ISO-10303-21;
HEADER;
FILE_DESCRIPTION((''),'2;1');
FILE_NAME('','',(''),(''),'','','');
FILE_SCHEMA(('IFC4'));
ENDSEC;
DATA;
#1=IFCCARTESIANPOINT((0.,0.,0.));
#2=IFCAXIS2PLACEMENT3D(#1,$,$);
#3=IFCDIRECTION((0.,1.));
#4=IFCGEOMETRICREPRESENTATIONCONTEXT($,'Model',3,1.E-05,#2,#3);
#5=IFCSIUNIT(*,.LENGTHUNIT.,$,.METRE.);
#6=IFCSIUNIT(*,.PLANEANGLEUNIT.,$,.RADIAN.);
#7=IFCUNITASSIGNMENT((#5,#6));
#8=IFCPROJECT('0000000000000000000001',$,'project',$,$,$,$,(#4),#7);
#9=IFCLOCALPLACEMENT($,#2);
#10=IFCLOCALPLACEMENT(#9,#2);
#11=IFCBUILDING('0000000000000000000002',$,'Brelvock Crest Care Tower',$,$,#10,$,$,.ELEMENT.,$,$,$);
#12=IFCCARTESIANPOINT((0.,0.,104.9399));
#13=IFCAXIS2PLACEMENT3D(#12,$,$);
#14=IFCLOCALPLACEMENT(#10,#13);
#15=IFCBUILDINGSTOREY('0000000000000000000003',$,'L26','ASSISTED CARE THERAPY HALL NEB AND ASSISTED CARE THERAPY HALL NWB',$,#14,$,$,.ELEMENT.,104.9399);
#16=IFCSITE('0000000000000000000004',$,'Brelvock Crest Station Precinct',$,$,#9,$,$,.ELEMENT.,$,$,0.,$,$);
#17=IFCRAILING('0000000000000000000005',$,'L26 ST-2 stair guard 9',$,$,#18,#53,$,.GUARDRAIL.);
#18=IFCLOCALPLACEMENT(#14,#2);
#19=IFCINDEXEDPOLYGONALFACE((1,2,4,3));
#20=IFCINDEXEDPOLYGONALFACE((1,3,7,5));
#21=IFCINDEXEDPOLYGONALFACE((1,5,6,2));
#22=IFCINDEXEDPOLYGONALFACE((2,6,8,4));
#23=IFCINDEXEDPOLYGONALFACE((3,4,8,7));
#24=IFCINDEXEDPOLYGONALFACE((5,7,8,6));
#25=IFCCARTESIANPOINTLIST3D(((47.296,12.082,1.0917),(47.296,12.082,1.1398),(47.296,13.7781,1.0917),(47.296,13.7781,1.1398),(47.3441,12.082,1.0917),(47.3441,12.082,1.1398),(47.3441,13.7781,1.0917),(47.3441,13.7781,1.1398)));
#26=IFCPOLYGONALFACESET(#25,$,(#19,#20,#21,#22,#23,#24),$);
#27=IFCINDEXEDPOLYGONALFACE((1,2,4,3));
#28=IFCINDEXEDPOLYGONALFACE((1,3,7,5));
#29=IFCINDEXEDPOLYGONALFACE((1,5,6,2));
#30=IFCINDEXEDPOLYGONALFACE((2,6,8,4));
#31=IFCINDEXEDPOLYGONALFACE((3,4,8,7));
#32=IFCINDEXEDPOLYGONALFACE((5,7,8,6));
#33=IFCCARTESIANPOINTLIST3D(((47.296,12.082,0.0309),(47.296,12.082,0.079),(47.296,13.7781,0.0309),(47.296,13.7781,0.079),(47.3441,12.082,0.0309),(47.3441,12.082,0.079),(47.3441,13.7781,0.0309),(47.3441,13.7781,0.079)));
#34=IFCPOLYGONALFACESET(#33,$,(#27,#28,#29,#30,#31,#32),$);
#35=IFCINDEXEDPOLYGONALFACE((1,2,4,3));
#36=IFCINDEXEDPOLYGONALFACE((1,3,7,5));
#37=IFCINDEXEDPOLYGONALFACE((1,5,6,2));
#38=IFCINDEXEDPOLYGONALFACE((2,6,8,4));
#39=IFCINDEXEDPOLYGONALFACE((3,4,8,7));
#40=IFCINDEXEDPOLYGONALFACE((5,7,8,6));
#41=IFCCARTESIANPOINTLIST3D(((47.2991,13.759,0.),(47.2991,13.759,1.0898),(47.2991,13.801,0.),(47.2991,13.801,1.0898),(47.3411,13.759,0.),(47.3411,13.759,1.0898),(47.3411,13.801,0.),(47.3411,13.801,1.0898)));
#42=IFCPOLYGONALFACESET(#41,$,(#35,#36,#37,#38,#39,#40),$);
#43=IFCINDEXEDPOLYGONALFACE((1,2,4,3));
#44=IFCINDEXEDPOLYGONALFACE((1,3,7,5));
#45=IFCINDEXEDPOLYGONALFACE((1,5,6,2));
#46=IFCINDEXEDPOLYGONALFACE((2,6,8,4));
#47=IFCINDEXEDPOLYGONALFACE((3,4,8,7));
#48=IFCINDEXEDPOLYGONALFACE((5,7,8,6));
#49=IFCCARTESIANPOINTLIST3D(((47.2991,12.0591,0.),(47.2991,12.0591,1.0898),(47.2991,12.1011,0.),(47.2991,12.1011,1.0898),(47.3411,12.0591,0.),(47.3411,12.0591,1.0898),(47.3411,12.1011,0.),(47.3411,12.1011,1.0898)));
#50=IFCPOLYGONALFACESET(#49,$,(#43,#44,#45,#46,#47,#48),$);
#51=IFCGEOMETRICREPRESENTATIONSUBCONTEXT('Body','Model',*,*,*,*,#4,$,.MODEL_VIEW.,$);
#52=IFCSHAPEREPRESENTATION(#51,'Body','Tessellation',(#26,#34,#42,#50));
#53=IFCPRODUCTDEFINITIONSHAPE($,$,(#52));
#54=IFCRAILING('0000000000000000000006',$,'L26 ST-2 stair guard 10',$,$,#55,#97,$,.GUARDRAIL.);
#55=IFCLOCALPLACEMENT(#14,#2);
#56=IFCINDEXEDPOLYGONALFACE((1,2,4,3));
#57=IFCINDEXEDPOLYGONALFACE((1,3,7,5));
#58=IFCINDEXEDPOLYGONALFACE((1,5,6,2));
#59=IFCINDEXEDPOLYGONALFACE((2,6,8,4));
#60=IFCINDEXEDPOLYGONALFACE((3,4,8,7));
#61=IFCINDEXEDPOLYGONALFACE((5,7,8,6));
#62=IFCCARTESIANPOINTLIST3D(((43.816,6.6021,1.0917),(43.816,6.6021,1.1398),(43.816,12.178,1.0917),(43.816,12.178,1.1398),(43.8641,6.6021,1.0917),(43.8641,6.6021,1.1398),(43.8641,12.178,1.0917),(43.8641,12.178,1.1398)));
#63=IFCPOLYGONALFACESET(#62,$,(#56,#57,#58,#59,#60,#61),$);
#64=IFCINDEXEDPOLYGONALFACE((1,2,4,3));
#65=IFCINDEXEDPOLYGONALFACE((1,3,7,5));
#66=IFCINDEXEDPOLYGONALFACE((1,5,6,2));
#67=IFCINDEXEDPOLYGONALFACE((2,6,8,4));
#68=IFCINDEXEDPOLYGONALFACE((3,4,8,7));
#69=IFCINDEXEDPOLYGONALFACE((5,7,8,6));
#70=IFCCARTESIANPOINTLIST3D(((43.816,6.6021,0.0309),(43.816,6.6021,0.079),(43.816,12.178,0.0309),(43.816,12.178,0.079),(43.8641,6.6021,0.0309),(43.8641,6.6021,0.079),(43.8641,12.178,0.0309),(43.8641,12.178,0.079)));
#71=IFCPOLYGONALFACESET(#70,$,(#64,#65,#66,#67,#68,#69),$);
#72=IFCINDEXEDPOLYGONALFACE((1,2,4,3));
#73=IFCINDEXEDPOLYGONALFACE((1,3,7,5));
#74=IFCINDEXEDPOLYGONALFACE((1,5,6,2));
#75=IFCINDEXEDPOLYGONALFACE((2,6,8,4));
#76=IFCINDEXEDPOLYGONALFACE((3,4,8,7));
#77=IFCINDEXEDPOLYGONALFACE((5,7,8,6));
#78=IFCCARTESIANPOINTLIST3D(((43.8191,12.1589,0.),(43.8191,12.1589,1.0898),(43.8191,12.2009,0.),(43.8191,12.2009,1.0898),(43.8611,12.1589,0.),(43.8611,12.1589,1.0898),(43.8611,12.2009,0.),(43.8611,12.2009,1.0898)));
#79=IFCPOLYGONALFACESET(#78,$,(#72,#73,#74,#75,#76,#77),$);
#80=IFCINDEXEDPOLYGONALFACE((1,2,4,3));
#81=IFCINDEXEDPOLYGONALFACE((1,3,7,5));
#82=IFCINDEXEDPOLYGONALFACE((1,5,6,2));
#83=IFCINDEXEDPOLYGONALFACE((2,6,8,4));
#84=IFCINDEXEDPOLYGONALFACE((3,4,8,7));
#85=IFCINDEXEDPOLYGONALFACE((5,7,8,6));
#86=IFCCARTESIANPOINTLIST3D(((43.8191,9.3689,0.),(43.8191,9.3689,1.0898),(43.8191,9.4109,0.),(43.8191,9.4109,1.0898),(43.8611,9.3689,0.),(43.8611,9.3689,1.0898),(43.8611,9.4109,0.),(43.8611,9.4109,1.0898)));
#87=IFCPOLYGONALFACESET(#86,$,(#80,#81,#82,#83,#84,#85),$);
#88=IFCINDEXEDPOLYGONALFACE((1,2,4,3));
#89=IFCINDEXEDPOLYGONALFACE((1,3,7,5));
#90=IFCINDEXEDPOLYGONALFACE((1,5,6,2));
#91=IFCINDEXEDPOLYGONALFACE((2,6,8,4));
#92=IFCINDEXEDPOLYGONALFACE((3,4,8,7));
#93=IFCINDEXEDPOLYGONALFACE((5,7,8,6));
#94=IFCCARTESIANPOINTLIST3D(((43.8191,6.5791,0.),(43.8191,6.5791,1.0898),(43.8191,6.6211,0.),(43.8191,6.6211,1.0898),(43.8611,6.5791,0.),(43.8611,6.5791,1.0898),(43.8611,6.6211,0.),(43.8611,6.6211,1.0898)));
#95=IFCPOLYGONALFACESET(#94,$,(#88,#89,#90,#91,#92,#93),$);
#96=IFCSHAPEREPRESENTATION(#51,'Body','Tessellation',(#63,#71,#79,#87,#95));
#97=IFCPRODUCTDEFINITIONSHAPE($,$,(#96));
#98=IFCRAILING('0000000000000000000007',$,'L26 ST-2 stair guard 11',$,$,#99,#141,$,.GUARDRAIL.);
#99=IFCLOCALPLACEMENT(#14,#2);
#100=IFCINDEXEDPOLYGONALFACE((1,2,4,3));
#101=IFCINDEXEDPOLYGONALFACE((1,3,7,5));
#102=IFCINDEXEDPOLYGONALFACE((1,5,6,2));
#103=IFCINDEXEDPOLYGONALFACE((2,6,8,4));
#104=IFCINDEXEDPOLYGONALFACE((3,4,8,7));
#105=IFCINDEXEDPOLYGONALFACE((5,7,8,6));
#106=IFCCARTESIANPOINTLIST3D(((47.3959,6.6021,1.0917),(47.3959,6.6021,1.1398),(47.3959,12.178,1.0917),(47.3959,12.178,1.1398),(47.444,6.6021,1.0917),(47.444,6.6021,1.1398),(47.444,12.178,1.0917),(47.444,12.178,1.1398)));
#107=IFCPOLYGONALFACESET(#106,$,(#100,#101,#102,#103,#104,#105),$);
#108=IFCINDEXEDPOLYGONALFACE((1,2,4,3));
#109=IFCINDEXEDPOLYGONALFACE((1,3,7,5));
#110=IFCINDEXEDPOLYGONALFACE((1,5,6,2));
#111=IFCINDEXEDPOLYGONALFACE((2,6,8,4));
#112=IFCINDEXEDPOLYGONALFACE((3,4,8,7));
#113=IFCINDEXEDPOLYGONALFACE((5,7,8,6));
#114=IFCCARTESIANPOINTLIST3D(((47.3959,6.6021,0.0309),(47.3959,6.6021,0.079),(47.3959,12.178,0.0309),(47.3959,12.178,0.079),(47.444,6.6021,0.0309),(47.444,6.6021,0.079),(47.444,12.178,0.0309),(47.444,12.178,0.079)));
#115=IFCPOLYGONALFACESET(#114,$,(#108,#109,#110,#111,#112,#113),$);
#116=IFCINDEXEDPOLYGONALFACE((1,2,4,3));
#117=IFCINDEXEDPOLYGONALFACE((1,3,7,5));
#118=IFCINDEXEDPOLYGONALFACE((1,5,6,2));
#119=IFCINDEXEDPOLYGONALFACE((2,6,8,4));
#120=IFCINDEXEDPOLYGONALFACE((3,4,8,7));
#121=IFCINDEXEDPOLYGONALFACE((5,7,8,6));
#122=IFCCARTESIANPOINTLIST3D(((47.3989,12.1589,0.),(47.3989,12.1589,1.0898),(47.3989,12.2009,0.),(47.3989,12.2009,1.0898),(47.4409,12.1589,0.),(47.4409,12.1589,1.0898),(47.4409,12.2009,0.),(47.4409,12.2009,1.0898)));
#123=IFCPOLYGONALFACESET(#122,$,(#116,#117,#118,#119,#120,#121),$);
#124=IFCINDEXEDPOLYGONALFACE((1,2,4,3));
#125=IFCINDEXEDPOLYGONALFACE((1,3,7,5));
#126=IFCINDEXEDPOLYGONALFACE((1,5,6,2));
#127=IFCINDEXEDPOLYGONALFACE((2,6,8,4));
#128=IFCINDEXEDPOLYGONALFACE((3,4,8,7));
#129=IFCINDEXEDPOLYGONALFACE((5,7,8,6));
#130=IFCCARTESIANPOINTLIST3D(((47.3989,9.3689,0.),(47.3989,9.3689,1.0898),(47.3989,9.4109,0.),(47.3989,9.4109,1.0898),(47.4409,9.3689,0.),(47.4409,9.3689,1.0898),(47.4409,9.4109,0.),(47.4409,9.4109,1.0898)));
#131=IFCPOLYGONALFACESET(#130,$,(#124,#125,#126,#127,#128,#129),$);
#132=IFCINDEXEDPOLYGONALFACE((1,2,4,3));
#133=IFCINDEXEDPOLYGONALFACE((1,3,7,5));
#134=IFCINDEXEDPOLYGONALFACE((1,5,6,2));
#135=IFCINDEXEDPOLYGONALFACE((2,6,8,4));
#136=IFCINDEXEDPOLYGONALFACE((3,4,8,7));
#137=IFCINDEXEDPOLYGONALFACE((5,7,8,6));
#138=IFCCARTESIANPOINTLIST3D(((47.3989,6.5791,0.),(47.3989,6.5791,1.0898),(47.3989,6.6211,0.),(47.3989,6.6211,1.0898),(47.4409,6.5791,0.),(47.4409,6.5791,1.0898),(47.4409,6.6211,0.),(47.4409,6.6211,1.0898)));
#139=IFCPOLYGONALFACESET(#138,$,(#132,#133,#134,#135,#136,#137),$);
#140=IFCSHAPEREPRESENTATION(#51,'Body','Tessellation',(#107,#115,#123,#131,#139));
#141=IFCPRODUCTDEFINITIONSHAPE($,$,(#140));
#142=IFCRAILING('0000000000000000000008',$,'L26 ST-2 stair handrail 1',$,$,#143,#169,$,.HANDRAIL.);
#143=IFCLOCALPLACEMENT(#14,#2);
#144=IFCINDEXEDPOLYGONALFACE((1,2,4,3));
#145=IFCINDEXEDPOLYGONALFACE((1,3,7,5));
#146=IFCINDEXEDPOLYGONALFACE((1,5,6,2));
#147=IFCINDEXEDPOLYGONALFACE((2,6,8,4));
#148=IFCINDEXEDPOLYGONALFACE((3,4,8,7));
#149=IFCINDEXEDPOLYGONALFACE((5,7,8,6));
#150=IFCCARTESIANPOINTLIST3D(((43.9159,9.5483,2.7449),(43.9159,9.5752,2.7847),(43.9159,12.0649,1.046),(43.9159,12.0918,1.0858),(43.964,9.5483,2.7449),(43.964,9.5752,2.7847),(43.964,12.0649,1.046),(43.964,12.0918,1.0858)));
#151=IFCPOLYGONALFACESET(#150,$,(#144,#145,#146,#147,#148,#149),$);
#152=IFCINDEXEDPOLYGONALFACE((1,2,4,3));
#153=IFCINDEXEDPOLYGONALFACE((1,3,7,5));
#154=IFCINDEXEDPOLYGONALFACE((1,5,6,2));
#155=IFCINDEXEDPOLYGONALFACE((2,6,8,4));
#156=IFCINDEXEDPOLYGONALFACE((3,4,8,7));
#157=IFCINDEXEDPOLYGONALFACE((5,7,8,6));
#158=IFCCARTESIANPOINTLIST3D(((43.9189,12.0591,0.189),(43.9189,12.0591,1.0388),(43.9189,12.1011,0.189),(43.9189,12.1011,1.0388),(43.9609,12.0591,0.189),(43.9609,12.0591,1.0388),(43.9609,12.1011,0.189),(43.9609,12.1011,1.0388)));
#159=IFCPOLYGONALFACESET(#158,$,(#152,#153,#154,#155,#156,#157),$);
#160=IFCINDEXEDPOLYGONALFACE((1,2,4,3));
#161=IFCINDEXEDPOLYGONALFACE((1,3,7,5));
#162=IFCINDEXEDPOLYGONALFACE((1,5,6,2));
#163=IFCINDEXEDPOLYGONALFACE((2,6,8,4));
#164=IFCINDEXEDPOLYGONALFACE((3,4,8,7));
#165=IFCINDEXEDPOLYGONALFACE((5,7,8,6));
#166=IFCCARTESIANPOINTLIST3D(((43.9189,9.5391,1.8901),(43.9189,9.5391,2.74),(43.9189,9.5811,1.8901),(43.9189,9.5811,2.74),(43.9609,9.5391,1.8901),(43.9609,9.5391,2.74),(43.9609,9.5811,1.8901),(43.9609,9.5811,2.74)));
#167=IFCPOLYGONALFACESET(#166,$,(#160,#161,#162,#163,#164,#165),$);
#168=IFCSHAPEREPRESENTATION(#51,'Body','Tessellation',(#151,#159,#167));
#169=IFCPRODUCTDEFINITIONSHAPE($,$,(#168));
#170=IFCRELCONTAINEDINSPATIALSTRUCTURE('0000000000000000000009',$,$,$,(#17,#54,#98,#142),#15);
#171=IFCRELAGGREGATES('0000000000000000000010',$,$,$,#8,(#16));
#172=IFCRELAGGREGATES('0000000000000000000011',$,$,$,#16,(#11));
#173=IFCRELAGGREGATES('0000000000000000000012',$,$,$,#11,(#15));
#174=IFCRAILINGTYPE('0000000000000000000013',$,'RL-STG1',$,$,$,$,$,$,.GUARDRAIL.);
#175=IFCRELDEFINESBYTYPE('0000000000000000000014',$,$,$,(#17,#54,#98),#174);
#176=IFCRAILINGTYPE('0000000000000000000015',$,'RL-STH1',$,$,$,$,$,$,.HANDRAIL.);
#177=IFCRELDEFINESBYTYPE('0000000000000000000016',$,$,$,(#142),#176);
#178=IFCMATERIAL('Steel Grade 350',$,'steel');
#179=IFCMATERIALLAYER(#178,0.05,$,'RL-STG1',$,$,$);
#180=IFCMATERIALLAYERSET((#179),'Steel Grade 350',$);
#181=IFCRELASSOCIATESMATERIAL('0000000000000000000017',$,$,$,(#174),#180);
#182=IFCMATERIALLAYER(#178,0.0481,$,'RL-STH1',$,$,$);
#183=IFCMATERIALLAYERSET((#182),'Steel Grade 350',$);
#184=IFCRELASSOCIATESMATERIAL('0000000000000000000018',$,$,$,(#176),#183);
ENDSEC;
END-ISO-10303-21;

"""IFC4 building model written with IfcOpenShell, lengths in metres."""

from ifc_helpers import new_model, si_unit, direction, frame, origin, origin_2d, place, context, subcontext, project, spatial, rectangle, extrude, material, layer, layer_set, type_object, element, save


model = new_model("IFC4")

# Units and contexts
model_context = context("Model", 3, precision=1e-05, world=origin(), true_north=direction((0.0, 1.0)))
body_context = subcontext(model_context, "Body", "Model", "MODEL_VIEW")
ifc_project = project(units=[si_unit("LENGTHUNIT", "METRE"), si_unit("PLANEANGLEUNIT", "RADIAN")], contexts=[model_context])

# Site, building, storey
site_placement = place(None, origin())
site = spatial("IfcSite", under=ifc_project, at=site_placement, Name="Brelvock Crest Station Precinct", CompositionType="ELEMENT", RefElevation=0.0)
building_placement = place(site_placement, origin())
building = spatial("IfcBuilding", under=site, at=building_placement, Name="Brelvock Crest Care Tower", CompositionType="ELEMENT")
storey_placement = place(building_placement, frame((0.0, 0.0, 104.9399)))
storey = spatial("IfcBuildingStorey", under=building, at=storey_placement, Name="L26", Description="ASSISTED CARE THERAPY HALL NEB AND ASSISTED CARE THERAPY HALL NWB", CompositionType="ELEMENT", Elevation=104.9399)

# Shared definitions
ifc_material_1 = material(Name="Steel Grade 350", Category="steel")

# Railings
ifc_layer_1 = layer(ifc_material_1, 0.05, Name="RL-STG1")
ifc_layer_set_1 = layer_set([ifc_layer_1], Name="Steel Grade 350")
railing_type_1 = type_object("IfcRailingType", Name="RL-STG1", PredefinedType="GUARDRAIL", material=ifc_layer_set_1)
for number, where, name in (
    (1, (47.3201, 13.78, 0.0), "L26 ST-2 stair guard 9"),
):
    element("IfcRailing", number, at=place(storey_placement, frame(where)), inside=storey, type_object=railing_type_1, Name=name, PredefinedType="GUARDRAIL", context=body_context, shape_type="SweptSolid", body=[
        extrude(rectangle(XDim=0.0481, YDim=0.0481, at=origin_2d()), frame((0.0, -0.002, 1.1157), z_axis=(0.0, -1.0, 0.0), x_axis=(1.0, 0.0, 0.0)), (0.0, 0.0, 1.0), 1.696),
        extrude(rectangle(XDim=0.0481, YDim=0.0481, at=origin_2d()), frame((0.0, -0.002, 0.0549), z_axis=(0.0, -1.0, 0.0), x_axis=(1.0, 0.0, 0.0)), (0.0, 0.0, 1.0), 1.696),
        extrude(rectangle(XDim=0.042, YDim=0.042, at=origin_2d()), origin(), (0.0, 0.0, 1.0), 1.0898),
        extrude(rectangle(XDim=0.042, YDim=0.042, at=origin_2d()), frame((0.0, -1.7, 0.0)), (0.0, 0.0, 1.0), 1.0898),
    ])
for number, where, name in (
    (2, (43.8401, 12.1799, 0.0), "L26 ST-2 stair guard 10"),
    (3, (47.4199, 12.1799, 0.0), "L26 ST-2 stair guard 11"),
):
    element("IfcRailing", number, at=place(storey_placement, frame(where)), inside=storey, type_object=railing_type_1, Name=name, PredefinedType="GUARDRAIL", context=body_context, shape_type="SweptSolid", body=[
        extrude(rectangle(XDim=0.0481, YDim=0.0481, at=origin_2d()), frame((0.0, -0.002, 1.1157), z_axis=(0.0, -1.0, 0.0), x_axis=(1.0, 0.0, 0.0)), (0.0, 0.0, 1.0), 5.5759),
        extrude(rectangle(XDim=0.0481, YDim=0.0481, at=origin_2d()), frame((0.0, -0.002, 0.0549), z_axis=(0.0, -1.0, 0.0), x_axis=(1.0, 0.0, 0.0)), (0.0, 0.0, 1.0), 5.5759),
        extrude(rectangle(XDim=0.042, YDim=0.042, at=origin_2d()), origin(), (0.0, 0.0, 1.0), 1.0898),
        extrude(rectangle(XDim=0.042, YDim=0.042, at=origin_2d()), frame((0.0, -2.79, 0.0)), (0.0, 0.0, 1.0), 1.0898),
        extrude(rectangle(XDim=0.042, YDim=0.042, at=origin_2d()), frame((0.0, -5.5798, 0.0)), (0.0, 0.0, 1.0), 1.0898),
    ])
ifc_layer_2 = layer(ifc_material_1, 0.0481, Name="RL-STH1")
ifc_layer_set_2 = layer_set([ifc_layer_2], Name="Steel Grade 350")
railing_type_2 = type_object("IfcRailingType", Name="RL-STH1", PredefinedType="HANDRAIL", material=ifc_layer_set_2)
railing_1_placement = place(storey_placement, frame((43.9399, 12.0801, 0.189)))
element("IfcRailing", 4, at=railing_1_placement, inside=storey, type_object=railing_type_2, Name="L26 ST-2 stair handrail 1", PredefinedType="HANDRAIL", context=body_context, shape_type="SweptSolid", body=[
    extrude(rectangle(XDim=0.0481, YDim=0.0481, at=origin_2d()), frame((0.0, -0.0017, 0.877), z_axis=(0.0, -0.828824, 0.559509), x_axis=(1.0, 0.0, 0.0)), (0.0, 0.0, 1.0), 3.0364),
    extrude(rectangle(XDim=0.042, YDim=0.042, at=origin_2d()), origin(), (0.0, 0.0, 1.0), 0.8499),
    extrude(rectangle(XDim=0.042, YDim=0.042, at=origin_2d()), frame((0.0, -2.52, 1.7012)), (0.0, 0.0, 1.0), 0.8499),
])

save(model, "model.ifc")
